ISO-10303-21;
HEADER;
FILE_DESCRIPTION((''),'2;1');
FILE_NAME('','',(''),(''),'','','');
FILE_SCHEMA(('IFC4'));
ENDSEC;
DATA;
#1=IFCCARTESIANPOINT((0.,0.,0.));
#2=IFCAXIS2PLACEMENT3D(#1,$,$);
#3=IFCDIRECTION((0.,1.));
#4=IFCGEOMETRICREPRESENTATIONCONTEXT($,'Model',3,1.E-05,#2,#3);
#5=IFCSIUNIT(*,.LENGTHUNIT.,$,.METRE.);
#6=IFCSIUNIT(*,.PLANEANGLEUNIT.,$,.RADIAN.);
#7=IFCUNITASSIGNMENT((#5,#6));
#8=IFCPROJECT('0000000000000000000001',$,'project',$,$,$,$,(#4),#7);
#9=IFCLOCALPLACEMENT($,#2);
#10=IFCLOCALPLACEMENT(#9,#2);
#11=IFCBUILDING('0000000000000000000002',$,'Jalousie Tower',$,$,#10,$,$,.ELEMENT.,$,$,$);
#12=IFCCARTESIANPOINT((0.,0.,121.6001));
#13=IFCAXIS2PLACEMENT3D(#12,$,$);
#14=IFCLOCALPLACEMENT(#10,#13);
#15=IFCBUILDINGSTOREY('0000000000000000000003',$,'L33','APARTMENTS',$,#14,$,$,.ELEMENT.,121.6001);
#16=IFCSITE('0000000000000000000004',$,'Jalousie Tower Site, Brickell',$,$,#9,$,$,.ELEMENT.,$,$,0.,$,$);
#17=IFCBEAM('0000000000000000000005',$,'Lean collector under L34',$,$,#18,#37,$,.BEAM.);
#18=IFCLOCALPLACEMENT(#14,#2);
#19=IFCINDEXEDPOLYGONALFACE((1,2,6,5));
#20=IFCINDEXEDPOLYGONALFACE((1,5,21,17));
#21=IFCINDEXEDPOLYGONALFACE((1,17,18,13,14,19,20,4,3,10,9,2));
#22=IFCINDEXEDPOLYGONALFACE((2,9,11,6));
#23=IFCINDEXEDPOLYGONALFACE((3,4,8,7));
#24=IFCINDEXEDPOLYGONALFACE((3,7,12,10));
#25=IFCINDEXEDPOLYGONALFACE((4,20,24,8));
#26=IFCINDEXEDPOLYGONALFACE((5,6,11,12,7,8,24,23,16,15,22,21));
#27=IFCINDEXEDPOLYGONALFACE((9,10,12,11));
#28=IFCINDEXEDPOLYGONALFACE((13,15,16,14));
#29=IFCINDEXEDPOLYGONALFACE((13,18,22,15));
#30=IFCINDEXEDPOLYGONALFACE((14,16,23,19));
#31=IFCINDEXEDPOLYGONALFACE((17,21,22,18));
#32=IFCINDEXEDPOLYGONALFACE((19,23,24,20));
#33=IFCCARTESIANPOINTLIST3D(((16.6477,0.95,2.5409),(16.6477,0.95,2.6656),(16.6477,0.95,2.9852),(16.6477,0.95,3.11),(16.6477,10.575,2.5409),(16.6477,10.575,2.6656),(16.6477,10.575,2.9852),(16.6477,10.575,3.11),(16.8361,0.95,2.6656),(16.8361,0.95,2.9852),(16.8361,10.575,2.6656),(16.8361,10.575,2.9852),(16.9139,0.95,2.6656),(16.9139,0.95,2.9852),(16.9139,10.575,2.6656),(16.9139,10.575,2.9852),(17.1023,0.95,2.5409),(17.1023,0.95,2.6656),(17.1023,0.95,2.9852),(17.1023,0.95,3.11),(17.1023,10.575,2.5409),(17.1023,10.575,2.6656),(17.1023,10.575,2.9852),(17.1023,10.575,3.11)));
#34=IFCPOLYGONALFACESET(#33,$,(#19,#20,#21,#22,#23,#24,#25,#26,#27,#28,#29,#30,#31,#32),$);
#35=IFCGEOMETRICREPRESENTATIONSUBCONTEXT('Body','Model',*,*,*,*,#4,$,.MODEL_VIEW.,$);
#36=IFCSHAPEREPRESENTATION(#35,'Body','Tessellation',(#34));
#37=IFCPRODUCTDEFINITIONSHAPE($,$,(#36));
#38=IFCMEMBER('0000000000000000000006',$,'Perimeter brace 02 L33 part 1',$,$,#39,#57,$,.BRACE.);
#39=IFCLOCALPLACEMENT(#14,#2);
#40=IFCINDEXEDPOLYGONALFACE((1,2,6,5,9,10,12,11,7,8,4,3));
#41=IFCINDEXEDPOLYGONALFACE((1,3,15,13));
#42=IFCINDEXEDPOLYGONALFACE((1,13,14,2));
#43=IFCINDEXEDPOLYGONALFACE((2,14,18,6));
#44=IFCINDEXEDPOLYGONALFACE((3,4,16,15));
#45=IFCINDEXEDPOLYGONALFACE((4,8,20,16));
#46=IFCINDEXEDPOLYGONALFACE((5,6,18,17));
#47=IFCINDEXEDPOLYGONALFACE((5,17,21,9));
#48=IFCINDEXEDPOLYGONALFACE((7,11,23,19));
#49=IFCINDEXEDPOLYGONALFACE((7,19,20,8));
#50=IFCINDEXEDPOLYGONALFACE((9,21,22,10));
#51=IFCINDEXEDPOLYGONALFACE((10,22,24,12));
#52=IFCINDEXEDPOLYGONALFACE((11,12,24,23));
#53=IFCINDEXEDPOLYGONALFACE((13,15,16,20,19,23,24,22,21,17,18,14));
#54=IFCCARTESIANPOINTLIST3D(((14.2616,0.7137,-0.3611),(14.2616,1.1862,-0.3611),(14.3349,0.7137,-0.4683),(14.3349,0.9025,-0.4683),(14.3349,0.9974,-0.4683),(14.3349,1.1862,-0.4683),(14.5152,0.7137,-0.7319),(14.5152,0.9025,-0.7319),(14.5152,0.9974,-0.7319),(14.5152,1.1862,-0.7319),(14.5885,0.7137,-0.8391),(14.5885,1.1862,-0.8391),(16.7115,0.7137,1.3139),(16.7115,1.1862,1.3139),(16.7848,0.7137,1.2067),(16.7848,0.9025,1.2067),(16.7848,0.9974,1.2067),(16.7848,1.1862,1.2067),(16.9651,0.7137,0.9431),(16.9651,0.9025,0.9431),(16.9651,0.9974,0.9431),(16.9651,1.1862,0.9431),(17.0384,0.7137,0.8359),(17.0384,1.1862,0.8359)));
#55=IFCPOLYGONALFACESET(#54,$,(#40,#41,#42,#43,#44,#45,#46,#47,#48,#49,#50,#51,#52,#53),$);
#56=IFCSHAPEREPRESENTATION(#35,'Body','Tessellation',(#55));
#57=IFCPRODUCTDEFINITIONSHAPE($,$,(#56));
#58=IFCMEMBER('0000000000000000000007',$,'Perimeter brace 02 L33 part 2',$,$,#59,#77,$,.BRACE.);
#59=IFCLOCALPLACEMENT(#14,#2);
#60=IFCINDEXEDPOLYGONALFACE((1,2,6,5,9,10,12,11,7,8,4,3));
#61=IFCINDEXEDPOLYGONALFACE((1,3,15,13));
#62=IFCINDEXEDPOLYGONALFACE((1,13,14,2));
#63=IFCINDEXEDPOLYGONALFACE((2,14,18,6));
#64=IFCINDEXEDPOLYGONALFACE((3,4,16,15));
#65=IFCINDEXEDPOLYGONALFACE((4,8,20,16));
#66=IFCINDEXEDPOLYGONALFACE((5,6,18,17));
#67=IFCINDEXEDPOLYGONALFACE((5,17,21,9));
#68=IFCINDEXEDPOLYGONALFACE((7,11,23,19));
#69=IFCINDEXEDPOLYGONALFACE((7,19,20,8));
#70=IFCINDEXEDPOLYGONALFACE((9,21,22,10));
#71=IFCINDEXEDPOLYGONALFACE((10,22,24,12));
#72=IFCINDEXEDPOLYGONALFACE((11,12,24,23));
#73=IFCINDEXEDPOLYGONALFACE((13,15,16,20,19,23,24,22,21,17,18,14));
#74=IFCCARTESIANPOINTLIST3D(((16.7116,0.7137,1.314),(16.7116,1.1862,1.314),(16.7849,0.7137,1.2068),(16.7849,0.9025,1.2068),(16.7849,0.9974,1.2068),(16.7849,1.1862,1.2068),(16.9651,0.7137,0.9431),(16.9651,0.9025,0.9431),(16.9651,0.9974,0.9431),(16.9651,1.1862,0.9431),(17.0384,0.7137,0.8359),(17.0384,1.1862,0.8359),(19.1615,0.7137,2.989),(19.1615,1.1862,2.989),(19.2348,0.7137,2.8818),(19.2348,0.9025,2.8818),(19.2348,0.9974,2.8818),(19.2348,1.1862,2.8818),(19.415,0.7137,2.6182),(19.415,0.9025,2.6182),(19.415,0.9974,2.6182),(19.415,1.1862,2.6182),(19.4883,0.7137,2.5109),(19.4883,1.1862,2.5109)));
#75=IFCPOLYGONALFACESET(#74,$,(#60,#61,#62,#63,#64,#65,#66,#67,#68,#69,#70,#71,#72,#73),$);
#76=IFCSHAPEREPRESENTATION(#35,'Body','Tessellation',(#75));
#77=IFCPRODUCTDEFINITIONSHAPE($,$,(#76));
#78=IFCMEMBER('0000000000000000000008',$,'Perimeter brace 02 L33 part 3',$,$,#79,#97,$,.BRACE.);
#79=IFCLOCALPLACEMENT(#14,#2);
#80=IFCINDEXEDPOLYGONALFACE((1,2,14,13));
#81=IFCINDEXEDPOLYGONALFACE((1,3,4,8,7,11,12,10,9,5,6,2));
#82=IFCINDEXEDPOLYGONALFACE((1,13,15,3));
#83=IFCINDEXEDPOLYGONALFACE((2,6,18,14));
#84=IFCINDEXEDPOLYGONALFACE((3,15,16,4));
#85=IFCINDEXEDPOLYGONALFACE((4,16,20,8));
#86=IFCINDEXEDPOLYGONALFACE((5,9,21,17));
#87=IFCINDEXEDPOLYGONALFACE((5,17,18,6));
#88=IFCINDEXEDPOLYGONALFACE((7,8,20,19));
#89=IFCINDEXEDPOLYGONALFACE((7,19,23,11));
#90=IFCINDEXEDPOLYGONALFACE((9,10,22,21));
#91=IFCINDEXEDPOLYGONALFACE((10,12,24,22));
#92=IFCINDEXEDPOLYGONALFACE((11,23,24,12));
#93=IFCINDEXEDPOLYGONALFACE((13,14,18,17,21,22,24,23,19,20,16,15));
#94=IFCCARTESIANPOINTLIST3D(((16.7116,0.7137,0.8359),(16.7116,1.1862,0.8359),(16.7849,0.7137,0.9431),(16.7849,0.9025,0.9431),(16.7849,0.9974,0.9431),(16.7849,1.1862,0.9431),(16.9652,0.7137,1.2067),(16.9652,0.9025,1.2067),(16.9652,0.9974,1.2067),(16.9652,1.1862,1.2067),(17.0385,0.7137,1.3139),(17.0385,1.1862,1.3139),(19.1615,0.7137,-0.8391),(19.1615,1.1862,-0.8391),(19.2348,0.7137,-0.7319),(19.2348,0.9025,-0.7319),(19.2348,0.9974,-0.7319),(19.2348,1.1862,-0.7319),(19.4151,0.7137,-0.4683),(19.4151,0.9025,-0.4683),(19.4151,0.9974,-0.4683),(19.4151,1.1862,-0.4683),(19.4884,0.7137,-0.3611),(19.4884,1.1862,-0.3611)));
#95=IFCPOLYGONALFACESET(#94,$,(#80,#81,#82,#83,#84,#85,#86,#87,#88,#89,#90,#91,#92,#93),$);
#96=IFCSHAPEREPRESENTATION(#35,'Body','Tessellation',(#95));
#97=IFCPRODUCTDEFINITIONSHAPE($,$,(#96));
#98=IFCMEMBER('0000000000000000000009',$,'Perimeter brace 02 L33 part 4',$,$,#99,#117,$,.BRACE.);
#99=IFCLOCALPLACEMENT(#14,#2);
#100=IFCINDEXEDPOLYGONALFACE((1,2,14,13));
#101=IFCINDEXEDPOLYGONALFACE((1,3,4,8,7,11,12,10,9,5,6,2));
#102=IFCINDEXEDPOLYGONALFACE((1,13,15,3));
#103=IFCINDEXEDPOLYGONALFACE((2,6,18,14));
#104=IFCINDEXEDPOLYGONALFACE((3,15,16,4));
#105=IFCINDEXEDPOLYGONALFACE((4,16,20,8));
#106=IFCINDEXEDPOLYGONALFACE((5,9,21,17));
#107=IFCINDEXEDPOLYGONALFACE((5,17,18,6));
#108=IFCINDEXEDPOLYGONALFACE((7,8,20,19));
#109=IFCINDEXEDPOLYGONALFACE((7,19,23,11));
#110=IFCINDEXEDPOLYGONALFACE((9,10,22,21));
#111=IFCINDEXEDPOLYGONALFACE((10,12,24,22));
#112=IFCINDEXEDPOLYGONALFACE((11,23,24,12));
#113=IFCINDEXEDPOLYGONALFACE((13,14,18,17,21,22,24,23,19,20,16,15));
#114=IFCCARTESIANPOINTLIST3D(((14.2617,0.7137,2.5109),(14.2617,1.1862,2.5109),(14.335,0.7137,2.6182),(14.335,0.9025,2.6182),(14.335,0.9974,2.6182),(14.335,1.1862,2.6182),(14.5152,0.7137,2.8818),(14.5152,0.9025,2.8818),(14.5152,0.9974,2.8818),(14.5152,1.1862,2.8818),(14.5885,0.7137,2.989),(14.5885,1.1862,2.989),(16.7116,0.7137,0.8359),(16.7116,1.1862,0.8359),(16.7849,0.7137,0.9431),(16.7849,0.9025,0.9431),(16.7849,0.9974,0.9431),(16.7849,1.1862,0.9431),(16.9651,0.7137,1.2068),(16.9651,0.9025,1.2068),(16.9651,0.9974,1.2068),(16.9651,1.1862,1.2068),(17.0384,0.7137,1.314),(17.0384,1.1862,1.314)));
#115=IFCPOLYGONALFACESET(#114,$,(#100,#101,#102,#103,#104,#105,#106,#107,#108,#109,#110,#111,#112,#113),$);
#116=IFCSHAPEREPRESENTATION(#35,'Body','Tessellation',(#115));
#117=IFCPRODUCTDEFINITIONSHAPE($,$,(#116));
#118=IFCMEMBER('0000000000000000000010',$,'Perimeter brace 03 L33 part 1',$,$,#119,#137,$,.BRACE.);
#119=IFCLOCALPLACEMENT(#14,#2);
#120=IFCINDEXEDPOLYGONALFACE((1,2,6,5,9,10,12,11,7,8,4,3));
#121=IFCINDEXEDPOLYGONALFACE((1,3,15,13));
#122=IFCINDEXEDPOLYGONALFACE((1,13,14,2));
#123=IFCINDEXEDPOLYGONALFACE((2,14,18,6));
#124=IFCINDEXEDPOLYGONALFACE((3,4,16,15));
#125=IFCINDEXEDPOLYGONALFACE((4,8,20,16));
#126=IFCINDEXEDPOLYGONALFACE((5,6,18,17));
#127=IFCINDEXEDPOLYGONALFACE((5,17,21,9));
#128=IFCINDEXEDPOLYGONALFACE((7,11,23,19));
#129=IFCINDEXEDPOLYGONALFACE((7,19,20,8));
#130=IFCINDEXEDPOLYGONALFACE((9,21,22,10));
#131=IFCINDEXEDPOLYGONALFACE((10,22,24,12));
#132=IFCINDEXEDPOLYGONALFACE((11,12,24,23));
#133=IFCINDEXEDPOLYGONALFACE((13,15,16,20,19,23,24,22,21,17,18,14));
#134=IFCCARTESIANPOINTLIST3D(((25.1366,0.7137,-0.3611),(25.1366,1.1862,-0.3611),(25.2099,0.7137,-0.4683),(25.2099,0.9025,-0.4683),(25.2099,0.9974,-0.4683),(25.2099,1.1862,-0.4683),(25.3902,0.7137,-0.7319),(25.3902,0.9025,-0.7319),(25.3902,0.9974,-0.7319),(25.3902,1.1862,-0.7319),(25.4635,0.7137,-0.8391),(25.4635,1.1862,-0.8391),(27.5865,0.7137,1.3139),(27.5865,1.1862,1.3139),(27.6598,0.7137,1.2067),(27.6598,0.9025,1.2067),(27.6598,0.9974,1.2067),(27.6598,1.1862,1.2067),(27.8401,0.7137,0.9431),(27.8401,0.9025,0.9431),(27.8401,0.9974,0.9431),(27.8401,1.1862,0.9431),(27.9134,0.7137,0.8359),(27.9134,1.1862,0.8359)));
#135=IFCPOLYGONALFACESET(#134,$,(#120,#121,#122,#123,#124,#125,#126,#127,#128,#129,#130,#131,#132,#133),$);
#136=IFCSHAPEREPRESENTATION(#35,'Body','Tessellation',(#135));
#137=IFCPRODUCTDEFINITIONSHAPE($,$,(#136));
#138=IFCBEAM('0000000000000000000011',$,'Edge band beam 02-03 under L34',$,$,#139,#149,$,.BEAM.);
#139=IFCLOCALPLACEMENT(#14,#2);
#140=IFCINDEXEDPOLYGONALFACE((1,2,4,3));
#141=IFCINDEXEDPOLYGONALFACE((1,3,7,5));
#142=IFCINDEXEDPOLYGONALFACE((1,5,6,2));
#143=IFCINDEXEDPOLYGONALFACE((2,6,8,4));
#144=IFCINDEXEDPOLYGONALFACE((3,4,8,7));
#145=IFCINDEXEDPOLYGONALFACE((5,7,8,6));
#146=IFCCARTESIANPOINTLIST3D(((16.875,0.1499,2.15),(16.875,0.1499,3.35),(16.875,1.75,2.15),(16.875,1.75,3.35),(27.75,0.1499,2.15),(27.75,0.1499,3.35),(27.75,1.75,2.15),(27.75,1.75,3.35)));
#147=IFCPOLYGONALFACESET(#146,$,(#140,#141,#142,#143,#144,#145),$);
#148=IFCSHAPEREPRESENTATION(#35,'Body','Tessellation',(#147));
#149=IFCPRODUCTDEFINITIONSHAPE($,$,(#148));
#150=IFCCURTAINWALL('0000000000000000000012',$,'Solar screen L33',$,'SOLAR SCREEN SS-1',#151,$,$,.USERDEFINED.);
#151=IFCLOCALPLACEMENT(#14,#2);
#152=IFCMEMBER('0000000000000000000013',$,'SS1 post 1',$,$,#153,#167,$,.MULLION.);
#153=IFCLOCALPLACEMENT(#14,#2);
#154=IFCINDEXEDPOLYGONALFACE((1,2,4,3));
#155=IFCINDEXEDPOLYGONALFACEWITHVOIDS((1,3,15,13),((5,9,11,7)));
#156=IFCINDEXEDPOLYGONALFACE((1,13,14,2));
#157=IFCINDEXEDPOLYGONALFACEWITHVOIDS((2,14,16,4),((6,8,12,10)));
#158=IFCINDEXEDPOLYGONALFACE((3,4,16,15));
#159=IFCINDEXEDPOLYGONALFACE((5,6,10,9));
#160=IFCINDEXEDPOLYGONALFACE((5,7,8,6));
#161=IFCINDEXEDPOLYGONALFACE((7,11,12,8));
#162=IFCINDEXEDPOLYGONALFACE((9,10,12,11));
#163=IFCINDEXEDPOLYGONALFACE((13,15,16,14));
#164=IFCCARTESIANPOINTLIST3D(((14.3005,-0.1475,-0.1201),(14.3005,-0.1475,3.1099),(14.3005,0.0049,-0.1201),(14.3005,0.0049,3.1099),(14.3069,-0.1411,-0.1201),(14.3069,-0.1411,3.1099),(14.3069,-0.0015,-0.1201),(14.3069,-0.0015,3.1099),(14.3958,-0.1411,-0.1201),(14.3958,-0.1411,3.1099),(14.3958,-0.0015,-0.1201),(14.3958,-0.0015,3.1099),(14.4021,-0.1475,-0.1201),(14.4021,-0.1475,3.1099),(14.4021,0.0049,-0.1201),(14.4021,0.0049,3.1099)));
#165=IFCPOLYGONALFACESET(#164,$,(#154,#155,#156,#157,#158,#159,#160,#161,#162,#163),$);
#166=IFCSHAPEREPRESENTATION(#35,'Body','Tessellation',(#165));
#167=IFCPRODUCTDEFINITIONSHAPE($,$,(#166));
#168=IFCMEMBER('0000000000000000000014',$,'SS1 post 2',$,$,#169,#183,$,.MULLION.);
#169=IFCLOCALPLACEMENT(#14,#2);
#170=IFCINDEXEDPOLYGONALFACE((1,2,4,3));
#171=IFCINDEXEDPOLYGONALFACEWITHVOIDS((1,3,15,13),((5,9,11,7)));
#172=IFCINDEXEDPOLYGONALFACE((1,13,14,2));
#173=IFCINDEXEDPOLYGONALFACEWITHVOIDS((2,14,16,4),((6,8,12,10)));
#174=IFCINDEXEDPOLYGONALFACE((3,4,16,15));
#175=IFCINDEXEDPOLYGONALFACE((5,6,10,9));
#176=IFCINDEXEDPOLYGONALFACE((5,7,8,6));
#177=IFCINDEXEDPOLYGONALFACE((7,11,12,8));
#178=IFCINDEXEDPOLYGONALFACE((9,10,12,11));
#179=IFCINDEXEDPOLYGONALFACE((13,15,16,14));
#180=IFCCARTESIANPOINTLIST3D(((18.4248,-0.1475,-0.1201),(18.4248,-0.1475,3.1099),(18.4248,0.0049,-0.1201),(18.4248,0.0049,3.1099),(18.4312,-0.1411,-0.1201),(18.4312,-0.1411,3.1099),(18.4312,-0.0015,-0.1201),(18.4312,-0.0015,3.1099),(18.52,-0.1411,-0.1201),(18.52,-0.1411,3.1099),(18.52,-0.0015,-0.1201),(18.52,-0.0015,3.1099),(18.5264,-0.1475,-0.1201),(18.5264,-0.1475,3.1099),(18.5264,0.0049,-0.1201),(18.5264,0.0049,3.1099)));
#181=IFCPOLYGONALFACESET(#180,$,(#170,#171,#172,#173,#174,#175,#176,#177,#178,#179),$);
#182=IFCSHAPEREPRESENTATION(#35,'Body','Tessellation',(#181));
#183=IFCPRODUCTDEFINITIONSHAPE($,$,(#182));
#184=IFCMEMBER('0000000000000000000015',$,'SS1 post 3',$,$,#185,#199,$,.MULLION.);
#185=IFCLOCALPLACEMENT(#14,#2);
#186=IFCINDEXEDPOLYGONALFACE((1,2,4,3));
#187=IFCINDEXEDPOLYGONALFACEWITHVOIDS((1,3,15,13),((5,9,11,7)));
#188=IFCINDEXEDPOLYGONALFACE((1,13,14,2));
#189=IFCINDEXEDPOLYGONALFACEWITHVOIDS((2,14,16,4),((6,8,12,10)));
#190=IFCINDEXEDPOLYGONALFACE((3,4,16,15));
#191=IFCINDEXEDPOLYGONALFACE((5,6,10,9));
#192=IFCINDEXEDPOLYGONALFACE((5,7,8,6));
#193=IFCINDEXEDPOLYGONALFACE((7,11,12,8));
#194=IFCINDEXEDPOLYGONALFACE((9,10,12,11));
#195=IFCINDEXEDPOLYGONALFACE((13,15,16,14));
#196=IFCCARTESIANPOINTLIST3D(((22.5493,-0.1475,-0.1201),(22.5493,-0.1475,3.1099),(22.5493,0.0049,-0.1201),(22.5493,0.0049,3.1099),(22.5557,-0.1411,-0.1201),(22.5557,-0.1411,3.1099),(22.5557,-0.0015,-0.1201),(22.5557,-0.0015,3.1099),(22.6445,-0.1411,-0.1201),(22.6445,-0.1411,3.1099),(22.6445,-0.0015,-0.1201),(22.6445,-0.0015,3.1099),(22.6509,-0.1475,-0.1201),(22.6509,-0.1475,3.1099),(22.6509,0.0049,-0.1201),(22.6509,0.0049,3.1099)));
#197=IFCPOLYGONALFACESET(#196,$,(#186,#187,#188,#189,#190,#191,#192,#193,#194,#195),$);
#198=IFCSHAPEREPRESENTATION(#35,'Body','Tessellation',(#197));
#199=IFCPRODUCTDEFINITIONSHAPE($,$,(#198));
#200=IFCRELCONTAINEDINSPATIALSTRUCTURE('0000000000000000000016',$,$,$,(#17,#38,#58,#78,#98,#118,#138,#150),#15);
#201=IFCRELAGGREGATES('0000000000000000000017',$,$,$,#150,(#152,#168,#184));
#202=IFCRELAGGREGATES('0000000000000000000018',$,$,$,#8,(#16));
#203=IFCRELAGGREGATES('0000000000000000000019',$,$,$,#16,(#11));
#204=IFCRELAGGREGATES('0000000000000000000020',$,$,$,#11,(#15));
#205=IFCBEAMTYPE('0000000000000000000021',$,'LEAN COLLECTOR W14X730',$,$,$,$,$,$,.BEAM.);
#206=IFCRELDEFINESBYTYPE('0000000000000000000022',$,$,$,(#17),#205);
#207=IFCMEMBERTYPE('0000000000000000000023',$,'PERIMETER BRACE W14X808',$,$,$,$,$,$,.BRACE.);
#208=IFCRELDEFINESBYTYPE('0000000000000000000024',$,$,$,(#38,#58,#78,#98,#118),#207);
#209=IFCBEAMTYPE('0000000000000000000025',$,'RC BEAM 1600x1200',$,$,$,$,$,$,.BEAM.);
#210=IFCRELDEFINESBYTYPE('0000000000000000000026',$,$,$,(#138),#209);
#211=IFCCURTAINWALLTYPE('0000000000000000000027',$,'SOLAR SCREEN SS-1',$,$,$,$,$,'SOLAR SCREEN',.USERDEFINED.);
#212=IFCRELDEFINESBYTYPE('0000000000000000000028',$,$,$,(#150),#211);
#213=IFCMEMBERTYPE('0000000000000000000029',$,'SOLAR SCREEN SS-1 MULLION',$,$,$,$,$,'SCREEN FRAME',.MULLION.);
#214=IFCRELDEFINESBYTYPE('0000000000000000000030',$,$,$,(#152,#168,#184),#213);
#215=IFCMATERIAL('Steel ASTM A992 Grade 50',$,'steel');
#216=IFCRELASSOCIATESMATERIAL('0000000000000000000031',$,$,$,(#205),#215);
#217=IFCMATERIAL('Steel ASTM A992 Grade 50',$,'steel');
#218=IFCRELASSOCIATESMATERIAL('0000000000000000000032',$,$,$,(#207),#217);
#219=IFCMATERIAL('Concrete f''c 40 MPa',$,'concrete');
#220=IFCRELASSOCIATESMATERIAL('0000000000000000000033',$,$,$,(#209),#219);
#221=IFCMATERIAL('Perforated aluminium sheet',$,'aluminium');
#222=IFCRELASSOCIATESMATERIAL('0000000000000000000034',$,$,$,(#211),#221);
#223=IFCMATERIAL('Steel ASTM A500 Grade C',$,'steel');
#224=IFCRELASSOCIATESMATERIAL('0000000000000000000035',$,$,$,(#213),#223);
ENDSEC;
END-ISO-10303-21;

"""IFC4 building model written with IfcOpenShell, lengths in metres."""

from ifc_helpers import new_model, si_unit, direction, frame, origin, origin_2d, place, context, subcontext, project, spatial, rectangle, hollow_rectangle, i_section, extrude, material, material_profile, profile_set, type_object, element, aggregate, save


model = new_model("IFC4")

# Units and contexts
model_context = context("Model", 3, precision=1e-05, world=origin(), true_north=direction((0.0, 1.0)))
body_context = subcontext(model_context, "Body", "Model", "MODEL_VIEW")
ifc_project = project(units=[si_unit("LENGTHUNIT", "METRE"), si_unit("PLANEANGLEUNIT", "RADIAN")], contexts=[model_context])

# Site, building, storey
site_placement = place(None, origin())
site = spatial("IfcSite", under=ifc_project, at=site_placement, Name="Jalousie Tower Site, Brickell", CompositionType="ELEMENT", RefElevation=0.0)
building_placement = place(site_placement, origin())
building = spatial("IfcBuilding", under=site, at=building_placement, Name="Jalousie Tower", CompositionType="ELEMENT")
storey_placement = place(building_placement, frame((0.0, 0.0, 121.6001)))
storey = spatial("IfcBuildingStorey", under=building, at=storey_placement, Name="L33", Description="APARTMENTS", CompositionType="ELEMENT", Elevation=121.6001)

# Beam
ifc_material_1 = material(Name="Steel ASTM A992 Grade 50", Category="steel")
ifc_material_profile_1 = material_profile(ifc_material_1, i_section(OverallWidth=0.4546, OverallDepth=0.5691, WebThickness=0.0779, FlangeThickness=0.1248, at=origin_2d()), Name="W14X730")
ifc_profile_set_1 = profile_set([ifc_material_profile_1], Name="Steel ASTM A992 Grade 50")
beam_type_1 = type_object("IfcBeamType", Name="LEAN COLLECTOR W14X730", PredefinedType="BEAM", material=ifc_profile_set_1)
beam_1_placement = place(storey_placement, frame((16.875, 0.95, 2.8254), z_axis=(0.0, 1.0, 0.0), x_axis=(-1.0, 0.0, 0.0)))
element("IfcBeam", 1, at=beam_1_placement, inside=storey, type_object=beam_type_1, Name="Lean collector under L34", PredefinedType="BEAM", context=body_context, shape_type="SweptSolid", body=[
    extrude(i_section(OverallWidth=0.4546, OverallDepth=0.5691, WebThickness=0.0779, FlangeThickness=0.1248, at=origin_2d()), origin(), (0.0, 0.0, 1.0), 9.625),
])

# Members
ifc_material_2 = material(Name="Steel ASTM A992 Grade 50", Category="steel")
ifc_material_profile_2 = material_profile(ifc_material_2, i_section(OverallWidth=0.4724, OverallDepth=0.5791, WebThickness=0.095, FlangeThickness=0.1299, at=origin_2d()), Name="W14X808")
ifc_profile_set_2 = profile_set([ifc_material_profile_2], Name="Steel ASTM A992 Grade 50")
member_type_1 = type_object("IfcMemberType", Name="PERIMETER BRACE W14X808", PredefinedType="BRACE", material=ifc_profile_set_2)
for number, where, z_axis, x_axis, name in (
    (2, (14.425, 0.95, -0.6001), (0.825501, 0.0, 0.564401), (0.0, 1.0, 0.0), "Perimeter brace 02 L33 part 1"),
    (3, (16.875, 0.95, 1.075), (0.825501, 0.0, 0.564401), (0.0, 1.0, 0.0), "Perimeter brace 02 L33 part 2"),
    (4, (19.325, 0.95, -0.6001), (-0.825501, 0.0, 0.564401), (0.0, -1.0, 0.0), "Perimeter brace 02 L33 part 3"),
    (5, (16.875, 0.95, 1.075), (-0.825501, 0.0, 0.564401), (0.0, -1.0, 0.0), "Perimeter brace 02 L33 part 4"),
    (6, (25.3, 0.95, -0.6001), (0.825501, 0.0, 0.564401), (0.0, 1.0, 0.0), "Perimeter brace 03 L33 part 1"),
):
    element("IfcMember", number, at=place(storey_placement, frame(where, z_axis=z_axis, x_axis=x_axis)), inside=storey, type_object=member_type_1, Name=name, PredefinedType="BRACE", context=body_context, shape_type="SweptSolid", body=[
        extrude(i_section(OverallWidth=0.4724, OverallDepth=0.5791, WebThickness=0.095, FlangeThickness=0.1299, at=origin_2d()), origin(), (0.0, 0.0, 1.0), 2.9678),
    ])

# Beam
ifc_material_3 = material(Name="Concrete f'c 40 MPa", Category="concrete")
ifc_material_profile_3 = material_profile(ifc_material_3, rectangle(XDim=1.6001, YDim=1.2, at=origin_2d()), Name="RC 1600x1200")
ifc_profile_set_3 = profile_set([ifc_material_profile_3], Name="Concrete f'c 40 MPa")
beam_type_2 = type_object("IfcBeamType", Name="RC BEAM 1600x1200", PredefinedType="BEAM", material=ifc_profile_set_3)
beam_2_placement = place(storey_placement, frame((16.875, 0.95, 2.75), z_axis=(1.0, 0.0, 0.0), x_axis=(0.0, 1.0, 0.0)))
element("IfcBeam", 7, at=beam_2_placement, inside=storey, type_object=beam_type_2, Name="Edge band beam 02-03 under L34", PredefinedType="BEAM", context=body_context, shape_type="SweptSolid", body=[
    extrude(rectangle(XDim=1.6001, YDim=1.2, at=origin_2d()), origin(), (0.0, 0.0, 1.0), 10.875),
])

# Curtain wall, members
ifc_material_4 = material(Name="Perforated aluminium sheet", Category="aluminium")
curtain_wall_type = type_object("IfcCurtainWallType", Name="SOLAR SCREEN SS-1", ElementType="SOLAR SCREEN", PredefinedType="USERDEFINED", material=ifc_material_4)
curtain_wall_1_placement = place(storey_placement, origin())
curtain_wall_1 = element("IfcCurtainWall", 8, at=curtain_wall_1_placement, inside=storey, type_object=curtain_wall_type, Name="Solar screen L33", ObjectType="SOLAR SCREEN SS-1", PredefinedType="USERDEFINED")
ifc_material_5 = material(Name="Steel ASTM A500 Grade C", Category="steel")
ifc_material_profile_4 = material_profile(ifc_material_5, hollow_rectangle(XDim=0.1016, YDim=0.1523, WallThickness=0.0063, at=origin_2d()), Name="HSS6X4X1/4")
ifc_profile_set_4 = profile_set([ifc_material_profile_4], Name="Steel ASTM A500 Grade C")
member_type_2 = type_object("IfcMemberType", Name="SOLAR SCREEN SS-1 MULLION", ElementType="SCREEN FRAME", PredefinedType="MULLION", material=ifc_profile_set_4)
member_1_placement = place(storey_placement, frame((14.3513, -0.0713, -0.1201), z_axis=(0.0, 0.0, 1.0), x_axis=(1.0, 0.0, 0.0)))
member_1 = element("IfcMember", 9, at=member_1_placement, type_object=member_type_2, Name="SS1 post 1", PredefinedType="MULLION", context=body_context, shape_type="SweptSolid", body=[
    extrude(hollow_rectangle(XDim=0.1016, YDim=0.1523, WallThickness=0.0063, at=origin_2d()), origin(), (0.0, 0.0, 1.0), 3.23),
])
member_2_placement = place(storey_placement, frame((18.4756, -0.0713, -0.1201), z_axis=(0.0, 0.0, 1.0), x_axis=(1.0, 0.0, 0.0)))
member_2 = element("IfcMember", 10, at=member_2_placement, type_object=member_type_2, Name="SS1 post 2", PredefinedType="MULLION", context=body_context, shape_type="SweptSolid", body=[
    extrude(hollow_rectangle(XDim=0.1016, YDim=0.1523, WallThickness=0.0063, at=origin_2d()), origin(), (0.0, 0.0, 1.0), 3.23),
])
member_3_placement = place(storey_placement, frame((22.6001, -0.0713, -0.1201), z_axis=(0.0, 0.0, 1.0), x_axis=(1.0, 0.0, 0.0)))
member_3 = element("IfcMember", 11, at=member_3_placement, type_object=member_type_2, Name="SS1 post 3", PredefinedType="MULLION", context=body_context, shape_type="SweptSolid", body=[
    extrude(hollow_rectangle(XDim=0.1016, YDim=0.1523, WallThickness=0.0063, at=origin_2d()), origin(), (0.0, 0.0, 1.0), 3.23),
])

aggregate(curtain_wall_1, [member_1, member_2, member_3])

save(model, "model.ifc")
